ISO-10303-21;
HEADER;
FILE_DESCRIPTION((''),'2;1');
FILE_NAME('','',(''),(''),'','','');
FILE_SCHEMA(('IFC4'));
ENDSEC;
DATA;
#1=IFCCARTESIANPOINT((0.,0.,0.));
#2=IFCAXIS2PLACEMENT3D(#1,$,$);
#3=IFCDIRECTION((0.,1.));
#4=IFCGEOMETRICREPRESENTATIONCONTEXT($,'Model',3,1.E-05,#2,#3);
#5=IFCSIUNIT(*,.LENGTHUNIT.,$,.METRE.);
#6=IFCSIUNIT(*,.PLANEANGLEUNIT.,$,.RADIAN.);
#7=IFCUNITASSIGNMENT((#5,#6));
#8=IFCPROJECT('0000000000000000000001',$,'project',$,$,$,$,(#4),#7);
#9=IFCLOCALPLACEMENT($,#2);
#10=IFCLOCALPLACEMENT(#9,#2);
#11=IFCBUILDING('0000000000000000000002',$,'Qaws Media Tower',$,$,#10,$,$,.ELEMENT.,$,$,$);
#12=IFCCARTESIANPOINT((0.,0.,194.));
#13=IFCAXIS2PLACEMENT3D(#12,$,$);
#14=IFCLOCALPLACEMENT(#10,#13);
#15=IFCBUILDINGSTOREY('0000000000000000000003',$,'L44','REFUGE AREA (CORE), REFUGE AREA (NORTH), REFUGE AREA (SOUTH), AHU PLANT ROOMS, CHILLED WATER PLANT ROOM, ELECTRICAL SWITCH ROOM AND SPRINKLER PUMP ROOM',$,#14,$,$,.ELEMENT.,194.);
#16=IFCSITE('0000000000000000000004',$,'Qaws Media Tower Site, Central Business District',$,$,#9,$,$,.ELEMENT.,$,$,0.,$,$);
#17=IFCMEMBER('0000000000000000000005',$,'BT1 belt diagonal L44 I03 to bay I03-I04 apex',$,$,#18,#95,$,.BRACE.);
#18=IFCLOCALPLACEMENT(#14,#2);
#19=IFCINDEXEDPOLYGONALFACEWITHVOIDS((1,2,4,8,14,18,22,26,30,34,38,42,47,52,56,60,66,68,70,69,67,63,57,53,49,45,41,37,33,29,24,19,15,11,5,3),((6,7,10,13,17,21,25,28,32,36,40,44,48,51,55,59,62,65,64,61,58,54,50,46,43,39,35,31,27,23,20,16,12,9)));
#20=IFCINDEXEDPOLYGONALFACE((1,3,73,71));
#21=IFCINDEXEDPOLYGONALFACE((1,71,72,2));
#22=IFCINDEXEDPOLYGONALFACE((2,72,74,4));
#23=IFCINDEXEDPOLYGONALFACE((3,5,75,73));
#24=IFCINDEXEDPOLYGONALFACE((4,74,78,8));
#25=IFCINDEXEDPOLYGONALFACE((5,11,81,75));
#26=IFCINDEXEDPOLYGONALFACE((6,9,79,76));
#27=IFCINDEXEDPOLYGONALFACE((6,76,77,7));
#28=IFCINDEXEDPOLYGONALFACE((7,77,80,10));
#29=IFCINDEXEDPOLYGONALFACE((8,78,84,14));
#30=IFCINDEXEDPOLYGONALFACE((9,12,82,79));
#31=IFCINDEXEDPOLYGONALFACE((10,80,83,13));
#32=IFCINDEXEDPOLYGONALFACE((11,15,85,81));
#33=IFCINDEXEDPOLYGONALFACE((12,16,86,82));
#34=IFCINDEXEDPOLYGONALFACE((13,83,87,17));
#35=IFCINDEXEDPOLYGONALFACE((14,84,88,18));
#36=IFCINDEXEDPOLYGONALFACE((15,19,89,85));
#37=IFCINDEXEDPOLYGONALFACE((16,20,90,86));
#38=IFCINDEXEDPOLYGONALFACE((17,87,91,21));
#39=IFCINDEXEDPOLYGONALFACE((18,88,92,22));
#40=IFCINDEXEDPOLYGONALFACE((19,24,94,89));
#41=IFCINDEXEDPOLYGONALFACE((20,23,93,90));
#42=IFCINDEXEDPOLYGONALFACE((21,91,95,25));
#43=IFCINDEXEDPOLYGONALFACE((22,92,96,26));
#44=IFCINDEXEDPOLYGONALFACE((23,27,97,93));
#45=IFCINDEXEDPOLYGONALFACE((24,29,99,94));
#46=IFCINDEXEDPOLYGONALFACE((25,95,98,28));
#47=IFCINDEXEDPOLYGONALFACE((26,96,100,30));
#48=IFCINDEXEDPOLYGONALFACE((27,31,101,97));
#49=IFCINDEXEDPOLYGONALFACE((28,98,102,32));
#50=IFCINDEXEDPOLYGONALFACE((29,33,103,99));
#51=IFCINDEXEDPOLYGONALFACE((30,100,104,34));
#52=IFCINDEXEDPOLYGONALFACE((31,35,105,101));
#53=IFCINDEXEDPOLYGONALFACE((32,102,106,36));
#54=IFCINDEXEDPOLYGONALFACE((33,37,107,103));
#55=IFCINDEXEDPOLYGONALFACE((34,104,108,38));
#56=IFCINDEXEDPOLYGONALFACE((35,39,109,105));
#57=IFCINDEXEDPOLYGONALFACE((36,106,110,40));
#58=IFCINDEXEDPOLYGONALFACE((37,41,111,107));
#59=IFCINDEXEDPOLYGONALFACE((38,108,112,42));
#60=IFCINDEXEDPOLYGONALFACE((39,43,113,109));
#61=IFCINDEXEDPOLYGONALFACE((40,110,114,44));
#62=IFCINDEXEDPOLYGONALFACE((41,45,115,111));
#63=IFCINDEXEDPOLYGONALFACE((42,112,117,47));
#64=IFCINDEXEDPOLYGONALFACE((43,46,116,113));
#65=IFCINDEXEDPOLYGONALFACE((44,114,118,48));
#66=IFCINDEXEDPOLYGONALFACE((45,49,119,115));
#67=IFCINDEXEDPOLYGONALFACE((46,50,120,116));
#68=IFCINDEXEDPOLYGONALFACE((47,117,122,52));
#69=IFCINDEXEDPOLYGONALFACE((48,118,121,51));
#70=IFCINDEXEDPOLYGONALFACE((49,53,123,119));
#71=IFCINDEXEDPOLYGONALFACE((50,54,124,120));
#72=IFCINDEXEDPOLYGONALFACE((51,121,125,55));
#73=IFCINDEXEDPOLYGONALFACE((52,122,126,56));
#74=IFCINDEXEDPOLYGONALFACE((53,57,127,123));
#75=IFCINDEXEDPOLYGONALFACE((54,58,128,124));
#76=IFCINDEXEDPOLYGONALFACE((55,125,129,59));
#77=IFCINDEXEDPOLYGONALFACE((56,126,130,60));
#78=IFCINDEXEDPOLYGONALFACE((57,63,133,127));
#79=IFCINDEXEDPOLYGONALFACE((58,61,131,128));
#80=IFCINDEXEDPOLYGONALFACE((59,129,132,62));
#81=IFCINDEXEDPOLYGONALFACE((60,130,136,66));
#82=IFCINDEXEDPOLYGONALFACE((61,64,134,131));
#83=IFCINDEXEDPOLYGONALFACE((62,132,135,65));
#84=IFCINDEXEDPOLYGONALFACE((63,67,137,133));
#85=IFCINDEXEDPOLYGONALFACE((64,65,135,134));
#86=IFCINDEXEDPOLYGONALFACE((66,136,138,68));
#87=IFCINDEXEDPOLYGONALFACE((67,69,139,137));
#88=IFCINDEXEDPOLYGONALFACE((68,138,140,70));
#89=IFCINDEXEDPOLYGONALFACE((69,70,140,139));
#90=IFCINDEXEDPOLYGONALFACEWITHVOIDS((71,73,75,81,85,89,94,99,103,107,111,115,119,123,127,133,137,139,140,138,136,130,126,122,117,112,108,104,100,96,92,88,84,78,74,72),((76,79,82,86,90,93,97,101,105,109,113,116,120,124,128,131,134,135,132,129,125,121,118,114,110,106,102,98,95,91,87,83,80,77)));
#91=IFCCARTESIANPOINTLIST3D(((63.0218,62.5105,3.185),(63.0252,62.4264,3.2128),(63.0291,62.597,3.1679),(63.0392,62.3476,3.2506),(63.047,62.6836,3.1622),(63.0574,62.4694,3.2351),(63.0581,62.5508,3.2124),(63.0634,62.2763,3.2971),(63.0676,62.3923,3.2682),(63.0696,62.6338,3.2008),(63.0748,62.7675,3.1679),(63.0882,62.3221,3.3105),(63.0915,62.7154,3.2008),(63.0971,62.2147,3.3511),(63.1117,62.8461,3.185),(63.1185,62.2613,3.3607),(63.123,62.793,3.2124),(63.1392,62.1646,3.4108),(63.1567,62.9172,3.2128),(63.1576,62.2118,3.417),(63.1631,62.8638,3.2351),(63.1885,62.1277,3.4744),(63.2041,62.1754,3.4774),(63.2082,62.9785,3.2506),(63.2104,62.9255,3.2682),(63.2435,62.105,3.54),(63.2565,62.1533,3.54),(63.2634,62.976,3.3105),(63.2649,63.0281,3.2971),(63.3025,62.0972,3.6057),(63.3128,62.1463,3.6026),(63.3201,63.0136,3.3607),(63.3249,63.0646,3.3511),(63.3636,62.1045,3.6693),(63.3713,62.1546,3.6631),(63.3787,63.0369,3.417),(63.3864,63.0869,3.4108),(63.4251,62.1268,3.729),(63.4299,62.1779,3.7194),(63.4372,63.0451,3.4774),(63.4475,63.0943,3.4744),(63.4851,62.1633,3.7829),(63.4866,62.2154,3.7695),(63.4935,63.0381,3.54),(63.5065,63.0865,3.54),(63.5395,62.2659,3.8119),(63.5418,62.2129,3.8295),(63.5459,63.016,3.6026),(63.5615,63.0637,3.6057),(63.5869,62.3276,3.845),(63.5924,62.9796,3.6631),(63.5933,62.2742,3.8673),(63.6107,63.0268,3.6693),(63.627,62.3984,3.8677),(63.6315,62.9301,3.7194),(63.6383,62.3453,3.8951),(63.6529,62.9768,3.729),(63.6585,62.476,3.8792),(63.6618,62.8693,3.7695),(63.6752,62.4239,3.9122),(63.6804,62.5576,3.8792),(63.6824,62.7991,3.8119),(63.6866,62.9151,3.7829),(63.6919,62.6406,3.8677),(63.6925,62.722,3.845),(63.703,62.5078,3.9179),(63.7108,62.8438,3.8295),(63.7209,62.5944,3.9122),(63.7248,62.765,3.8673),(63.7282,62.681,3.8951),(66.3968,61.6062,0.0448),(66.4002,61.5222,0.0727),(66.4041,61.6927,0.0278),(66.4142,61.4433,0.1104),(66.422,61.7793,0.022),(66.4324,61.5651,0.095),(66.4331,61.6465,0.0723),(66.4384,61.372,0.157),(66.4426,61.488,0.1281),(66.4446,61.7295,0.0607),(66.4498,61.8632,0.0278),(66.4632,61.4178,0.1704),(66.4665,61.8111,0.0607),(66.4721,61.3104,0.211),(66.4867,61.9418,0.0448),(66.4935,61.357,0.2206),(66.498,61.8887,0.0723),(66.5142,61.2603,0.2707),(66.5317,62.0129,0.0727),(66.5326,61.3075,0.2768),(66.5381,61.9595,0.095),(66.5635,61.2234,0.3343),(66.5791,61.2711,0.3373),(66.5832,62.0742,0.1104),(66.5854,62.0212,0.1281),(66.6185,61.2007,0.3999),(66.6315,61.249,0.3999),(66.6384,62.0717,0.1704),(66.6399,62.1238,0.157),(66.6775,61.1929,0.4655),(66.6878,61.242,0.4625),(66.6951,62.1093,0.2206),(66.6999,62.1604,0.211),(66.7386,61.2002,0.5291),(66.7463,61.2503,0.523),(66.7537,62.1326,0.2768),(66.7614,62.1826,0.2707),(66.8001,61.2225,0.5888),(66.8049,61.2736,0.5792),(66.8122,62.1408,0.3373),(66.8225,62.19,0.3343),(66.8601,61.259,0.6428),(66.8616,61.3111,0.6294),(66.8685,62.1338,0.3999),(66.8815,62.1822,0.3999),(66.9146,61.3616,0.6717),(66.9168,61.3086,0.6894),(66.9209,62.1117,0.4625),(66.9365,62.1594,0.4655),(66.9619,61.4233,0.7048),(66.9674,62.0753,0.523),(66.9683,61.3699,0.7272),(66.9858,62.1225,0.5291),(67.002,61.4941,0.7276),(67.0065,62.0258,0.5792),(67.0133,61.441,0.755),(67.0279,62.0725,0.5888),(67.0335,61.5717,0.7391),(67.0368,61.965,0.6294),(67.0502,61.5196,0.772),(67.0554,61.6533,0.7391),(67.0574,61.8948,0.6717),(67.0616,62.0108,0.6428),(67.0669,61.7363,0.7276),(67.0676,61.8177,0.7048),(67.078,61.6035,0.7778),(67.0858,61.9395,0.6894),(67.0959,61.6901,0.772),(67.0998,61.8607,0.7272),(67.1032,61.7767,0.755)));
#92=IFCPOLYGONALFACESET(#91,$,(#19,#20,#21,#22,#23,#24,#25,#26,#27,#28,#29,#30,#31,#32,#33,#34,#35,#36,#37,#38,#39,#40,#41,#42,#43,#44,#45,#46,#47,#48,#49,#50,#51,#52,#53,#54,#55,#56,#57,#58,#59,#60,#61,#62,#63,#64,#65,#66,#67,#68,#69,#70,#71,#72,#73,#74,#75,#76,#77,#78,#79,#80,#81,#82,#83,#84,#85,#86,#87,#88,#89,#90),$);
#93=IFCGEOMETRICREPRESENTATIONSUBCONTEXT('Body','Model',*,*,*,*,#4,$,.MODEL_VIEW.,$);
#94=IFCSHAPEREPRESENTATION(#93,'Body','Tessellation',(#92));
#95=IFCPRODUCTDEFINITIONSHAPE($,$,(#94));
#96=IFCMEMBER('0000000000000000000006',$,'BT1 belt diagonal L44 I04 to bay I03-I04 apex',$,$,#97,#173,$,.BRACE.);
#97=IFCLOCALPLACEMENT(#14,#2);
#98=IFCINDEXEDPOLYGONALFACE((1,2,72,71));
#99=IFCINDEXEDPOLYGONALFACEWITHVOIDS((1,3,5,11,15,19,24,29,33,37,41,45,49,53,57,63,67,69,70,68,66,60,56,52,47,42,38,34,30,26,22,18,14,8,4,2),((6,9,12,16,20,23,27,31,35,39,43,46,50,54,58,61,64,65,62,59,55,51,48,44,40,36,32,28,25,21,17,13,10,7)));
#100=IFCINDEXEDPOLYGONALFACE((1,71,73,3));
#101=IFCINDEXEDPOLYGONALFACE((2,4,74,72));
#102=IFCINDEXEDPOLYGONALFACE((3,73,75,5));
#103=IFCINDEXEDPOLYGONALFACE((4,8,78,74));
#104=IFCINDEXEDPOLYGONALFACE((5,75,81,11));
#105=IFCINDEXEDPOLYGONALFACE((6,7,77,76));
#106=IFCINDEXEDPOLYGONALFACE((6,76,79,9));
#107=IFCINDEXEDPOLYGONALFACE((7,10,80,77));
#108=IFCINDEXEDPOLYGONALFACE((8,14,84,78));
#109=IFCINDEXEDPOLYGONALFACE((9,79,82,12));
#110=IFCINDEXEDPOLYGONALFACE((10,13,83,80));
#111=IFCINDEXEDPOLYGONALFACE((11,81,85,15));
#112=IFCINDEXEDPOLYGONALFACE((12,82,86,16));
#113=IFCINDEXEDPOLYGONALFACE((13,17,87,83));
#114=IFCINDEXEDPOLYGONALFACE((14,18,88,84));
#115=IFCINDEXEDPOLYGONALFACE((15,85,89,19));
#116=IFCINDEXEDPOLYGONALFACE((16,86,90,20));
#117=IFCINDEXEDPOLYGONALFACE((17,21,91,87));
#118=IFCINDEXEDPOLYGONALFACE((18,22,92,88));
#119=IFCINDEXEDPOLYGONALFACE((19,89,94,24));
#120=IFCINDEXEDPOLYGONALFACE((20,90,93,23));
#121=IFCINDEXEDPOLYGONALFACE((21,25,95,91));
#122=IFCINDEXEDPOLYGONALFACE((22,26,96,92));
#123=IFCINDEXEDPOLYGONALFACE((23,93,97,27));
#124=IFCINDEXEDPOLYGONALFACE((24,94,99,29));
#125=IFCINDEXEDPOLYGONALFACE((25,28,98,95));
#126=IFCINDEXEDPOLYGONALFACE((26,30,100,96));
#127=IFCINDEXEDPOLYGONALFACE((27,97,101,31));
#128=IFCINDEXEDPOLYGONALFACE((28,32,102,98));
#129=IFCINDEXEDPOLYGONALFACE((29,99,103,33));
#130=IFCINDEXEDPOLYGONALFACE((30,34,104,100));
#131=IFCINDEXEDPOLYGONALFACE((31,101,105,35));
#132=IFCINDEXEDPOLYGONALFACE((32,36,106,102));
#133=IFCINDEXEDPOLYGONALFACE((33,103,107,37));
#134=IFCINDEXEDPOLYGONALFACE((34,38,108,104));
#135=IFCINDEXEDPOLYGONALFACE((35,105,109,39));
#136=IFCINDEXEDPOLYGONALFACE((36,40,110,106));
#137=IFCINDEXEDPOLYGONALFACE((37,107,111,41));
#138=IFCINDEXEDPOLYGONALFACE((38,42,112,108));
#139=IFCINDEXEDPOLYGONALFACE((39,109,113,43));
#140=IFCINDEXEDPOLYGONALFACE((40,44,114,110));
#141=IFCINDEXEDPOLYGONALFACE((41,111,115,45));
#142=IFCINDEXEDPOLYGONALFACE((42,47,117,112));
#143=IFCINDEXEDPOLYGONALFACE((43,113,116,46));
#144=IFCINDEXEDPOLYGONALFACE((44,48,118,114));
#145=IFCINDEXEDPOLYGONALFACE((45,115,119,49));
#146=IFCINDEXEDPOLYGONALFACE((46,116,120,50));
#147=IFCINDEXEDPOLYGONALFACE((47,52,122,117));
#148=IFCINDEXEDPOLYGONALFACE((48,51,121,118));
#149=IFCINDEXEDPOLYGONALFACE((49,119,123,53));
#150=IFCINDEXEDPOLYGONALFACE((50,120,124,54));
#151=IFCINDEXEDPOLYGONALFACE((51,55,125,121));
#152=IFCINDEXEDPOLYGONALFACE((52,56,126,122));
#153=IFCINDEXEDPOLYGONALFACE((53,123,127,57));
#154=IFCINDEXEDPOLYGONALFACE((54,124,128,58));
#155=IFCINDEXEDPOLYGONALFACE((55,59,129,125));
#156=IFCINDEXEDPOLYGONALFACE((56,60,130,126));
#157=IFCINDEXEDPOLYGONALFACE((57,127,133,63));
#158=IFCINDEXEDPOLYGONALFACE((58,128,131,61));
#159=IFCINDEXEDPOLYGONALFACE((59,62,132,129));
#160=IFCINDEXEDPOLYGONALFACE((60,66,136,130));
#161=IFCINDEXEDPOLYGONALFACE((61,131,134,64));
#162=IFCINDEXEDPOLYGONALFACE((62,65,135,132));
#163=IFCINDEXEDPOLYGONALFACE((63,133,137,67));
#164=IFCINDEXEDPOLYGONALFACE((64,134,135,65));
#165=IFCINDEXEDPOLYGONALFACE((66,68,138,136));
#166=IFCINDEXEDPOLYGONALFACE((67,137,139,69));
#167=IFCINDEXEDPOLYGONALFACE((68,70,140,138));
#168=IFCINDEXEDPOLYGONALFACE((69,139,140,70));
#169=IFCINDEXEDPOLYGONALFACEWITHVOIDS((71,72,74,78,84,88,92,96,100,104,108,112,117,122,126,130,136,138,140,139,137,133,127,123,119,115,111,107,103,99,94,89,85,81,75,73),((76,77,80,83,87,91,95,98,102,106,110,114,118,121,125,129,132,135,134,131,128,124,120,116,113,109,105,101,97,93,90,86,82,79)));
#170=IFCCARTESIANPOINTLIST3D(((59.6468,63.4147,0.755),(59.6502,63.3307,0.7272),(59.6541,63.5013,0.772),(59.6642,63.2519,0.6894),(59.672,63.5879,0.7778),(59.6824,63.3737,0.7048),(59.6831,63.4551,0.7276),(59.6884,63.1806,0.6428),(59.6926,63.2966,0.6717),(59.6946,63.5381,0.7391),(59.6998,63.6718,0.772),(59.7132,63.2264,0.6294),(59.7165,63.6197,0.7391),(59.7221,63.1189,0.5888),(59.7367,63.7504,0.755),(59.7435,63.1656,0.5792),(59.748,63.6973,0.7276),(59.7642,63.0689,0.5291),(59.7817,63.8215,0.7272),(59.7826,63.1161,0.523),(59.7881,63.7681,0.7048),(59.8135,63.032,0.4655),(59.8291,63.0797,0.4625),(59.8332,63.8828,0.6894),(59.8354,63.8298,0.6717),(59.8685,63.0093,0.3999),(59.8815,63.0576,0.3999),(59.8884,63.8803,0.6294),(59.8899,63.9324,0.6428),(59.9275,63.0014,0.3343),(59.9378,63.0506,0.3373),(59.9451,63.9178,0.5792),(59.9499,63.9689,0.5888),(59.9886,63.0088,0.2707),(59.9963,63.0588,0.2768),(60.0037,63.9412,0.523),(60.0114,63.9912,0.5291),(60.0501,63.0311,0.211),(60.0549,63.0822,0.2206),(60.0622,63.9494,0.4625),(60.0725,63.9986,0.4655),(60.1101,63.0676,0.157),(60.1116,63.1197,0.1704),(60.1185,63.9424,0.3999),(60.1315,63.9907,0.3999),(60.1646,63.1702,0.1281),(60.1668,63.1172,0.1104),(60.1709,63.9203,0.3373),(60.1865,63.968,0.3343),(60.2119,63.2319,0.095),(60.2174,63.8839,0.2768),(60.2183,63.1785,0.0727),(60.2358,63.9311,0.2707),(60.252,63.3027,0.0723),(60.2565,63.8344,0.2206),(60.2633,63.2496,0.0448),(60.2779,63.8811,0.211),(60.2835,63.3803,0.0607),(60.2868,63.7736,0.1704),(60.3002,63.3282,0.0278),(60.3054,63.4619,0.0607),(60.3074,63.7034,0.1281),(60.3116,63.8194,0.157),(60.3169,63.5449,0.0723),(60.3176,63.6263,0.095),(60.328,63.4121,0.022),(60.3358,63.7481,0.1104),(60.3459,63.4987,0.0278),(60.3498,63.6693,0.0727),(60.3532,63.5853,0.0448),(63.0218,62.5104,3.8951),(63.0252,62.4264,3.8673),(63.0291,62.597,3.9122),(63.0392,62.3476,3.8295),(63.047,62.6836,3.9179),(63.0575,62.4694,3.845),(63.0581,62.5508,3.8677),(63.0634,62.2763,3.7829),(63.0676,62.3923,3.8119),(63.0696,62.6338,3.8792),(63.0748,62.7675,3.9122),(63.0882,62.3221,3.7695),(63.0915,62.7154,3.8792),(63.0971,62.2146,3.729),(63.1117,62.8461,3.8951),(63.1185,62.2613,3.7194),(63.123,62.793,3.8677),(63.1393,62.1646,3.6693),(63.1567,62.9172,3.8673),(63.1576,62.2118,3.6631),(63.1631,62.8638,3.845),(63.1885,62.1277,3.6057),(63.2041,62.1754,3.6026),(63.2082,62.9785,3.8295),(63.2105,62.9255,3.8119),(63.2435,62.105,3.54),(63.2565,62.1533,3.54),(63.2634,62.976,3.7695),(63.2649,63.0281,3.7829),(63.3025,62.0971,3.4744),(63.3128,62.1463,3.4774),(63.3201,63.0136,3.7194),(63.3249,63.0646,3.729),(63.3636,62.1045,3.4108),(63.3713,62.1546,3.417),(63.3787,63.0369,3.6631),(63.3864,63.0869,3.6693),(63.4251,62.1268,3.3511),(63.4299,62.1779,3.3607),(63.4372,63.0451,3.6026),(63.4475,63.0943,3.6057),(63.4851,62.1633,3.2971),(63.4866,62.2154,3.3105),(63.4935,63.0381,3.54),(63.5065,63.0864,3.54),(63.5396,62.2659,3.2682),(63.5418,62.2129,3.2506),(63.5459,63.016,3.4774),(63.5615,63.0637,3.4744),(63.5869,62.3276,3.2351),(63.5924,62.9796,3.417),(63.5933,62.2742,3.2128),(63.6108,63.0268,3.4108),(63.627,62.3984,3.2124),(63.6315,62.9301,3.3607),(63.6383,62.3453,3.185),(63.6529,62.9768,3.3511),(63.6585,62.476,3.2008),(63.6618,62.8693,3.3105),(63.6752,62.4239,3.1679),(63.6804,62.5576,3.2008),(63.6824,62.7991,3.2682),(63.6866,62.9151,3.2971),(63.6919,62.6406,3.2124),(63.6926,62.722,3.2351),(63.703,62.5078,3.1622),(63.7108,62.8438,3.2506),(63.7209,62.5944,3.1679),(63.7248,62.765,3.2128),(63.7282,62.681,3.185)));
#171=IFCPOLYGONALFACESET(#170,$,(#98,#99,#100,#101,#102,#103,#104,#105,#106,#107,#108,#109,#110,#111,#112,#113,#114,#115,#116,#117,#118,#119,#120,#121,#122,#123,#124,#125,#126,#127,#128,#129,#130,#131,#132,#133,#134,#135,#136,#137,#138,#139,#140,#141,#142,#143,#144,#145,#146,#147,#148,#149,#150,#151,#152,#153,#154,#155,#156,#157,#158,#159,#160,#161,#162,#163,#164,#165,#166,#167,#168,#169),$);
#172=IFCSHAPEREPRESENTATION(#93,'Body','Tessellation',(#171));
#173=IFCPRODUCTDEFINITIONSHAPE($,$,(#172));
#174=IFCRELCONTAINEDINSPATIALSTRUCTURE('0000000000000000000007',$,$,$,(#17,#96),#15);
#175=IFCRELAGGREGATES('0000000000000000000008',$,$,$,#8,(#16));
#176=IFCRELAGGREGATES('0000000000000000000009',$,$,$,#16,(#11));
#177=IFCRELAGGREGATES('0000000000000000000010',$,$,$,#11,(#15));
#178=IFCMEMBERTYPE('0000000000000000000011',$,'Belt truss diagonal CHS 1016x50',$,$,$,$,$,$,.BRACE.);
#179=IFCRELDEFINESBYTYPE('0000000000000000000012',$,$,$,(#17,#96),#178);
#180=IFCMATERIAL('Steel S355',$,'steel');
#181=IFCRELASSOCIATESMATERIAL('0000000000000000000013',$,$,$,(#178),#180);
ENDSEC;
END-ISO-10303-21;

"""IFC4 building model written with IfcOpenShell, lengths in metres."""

from ifc_helpers import new_model, si_unit, direction, frame, origin, origin_2d, place, context, subcontext, project, spatial, hollow_circle, extrude, material, material_profile, profile_set, type_object, element, save


model = new_model("IFC4")

# Units and contexts
model_context = context("Model", 3, precision=1e-05, world=origin(), true_north=direction((0.0, 1.0)))
body_context = subcontext(model_context, "Body", "Model", "MODEL_VIEW")
ifc_project = project(units=[si_unit("LENGTHUNIT", "METRE"), si_unit("PLANEANGLEUNIT", "RADIAN")], contexts=[model_context])

# Site, building, storey
site_placement = place(None, origin())
site = spatial("IfcSite", under=ifc_project, at=site_placement, Name="Qaws Media Tower Site, Central Business District", CompositionType="ELEMENT", RefElevation=0.0)
building_placement = place(site_placement, origin())
building = spatial("IfcBuilding", under=site, at=building_placement, Name="Qaws Media Tower", CompositionType="ELEMENT")
storey_placement = place(building_placement, frame((0.0, 0.0, 194.0)))
storey = spatial("IfcBuildingStorey", under=building, at=storey_placement, Name="L44", Description="REFUGE AREA (CORE), REFUGE AREA (NORTH), REFUGE AREA (SOUTH), AHU PLANT ROOMS, CHILLED WATER PLANT ROOM, ELECTRICAL SWITCH ROOM AND SPRINKLER PUMP ROOM", CompositionType="ELEMENT", Elevation=194.0)

# Members
ifc_material_1 = material(Name="Steel S355", Category="steel")
ifc_material_profile_1 = material_profile(ifc_material_1, hollow_circle(Radius=0.5081, WallThickness=0.05, at=origin_2d()), Name="CHS 1016x50")
ifc_profile_set_1 = profile_set([ifc_material_profile_1], Name="Steel S355")
member_type_1 = type_object("IfcMemberType", Name="Belt truss diagonal CHS 1016x50", PredefinedType="BRACE", material=ifc_profile_set_1)
for number, where, z_axis, x_axis, name in (
    (1, (66.75, 61.6914, 0.3999), (-0.718429, 0.192496, 0.668434), (-0.258811, -0.965928, 0.0), "BT1 belt diagonal L44 I03 to bay I03-I04 apex"),
    (2, (60.0, 63.5, 0.3999), (0.718429, -0.192496, 0.668434), (0.258811, 0.965928, 0.0), "BT1 belt diagonal L44 I04 to bay I03-I04 apex"),
):
    element("IfcMember", number, at=place(storey_placement, frame(where, z_axis=z_axis, x_axis=x_axis)), inside=storey, type_object=member_type_1, Name=name, PredefinedType="BRACE", context=body_context, shape_type="SweptSolid", body=[
        extrude(hollow_circle(Radius=0.5081, WallThickness=0.05, at=origin_2d()), origin(), (0.0, 0.0, 1.0), 4.6978),
    ])

save(model, "model.ifc")
